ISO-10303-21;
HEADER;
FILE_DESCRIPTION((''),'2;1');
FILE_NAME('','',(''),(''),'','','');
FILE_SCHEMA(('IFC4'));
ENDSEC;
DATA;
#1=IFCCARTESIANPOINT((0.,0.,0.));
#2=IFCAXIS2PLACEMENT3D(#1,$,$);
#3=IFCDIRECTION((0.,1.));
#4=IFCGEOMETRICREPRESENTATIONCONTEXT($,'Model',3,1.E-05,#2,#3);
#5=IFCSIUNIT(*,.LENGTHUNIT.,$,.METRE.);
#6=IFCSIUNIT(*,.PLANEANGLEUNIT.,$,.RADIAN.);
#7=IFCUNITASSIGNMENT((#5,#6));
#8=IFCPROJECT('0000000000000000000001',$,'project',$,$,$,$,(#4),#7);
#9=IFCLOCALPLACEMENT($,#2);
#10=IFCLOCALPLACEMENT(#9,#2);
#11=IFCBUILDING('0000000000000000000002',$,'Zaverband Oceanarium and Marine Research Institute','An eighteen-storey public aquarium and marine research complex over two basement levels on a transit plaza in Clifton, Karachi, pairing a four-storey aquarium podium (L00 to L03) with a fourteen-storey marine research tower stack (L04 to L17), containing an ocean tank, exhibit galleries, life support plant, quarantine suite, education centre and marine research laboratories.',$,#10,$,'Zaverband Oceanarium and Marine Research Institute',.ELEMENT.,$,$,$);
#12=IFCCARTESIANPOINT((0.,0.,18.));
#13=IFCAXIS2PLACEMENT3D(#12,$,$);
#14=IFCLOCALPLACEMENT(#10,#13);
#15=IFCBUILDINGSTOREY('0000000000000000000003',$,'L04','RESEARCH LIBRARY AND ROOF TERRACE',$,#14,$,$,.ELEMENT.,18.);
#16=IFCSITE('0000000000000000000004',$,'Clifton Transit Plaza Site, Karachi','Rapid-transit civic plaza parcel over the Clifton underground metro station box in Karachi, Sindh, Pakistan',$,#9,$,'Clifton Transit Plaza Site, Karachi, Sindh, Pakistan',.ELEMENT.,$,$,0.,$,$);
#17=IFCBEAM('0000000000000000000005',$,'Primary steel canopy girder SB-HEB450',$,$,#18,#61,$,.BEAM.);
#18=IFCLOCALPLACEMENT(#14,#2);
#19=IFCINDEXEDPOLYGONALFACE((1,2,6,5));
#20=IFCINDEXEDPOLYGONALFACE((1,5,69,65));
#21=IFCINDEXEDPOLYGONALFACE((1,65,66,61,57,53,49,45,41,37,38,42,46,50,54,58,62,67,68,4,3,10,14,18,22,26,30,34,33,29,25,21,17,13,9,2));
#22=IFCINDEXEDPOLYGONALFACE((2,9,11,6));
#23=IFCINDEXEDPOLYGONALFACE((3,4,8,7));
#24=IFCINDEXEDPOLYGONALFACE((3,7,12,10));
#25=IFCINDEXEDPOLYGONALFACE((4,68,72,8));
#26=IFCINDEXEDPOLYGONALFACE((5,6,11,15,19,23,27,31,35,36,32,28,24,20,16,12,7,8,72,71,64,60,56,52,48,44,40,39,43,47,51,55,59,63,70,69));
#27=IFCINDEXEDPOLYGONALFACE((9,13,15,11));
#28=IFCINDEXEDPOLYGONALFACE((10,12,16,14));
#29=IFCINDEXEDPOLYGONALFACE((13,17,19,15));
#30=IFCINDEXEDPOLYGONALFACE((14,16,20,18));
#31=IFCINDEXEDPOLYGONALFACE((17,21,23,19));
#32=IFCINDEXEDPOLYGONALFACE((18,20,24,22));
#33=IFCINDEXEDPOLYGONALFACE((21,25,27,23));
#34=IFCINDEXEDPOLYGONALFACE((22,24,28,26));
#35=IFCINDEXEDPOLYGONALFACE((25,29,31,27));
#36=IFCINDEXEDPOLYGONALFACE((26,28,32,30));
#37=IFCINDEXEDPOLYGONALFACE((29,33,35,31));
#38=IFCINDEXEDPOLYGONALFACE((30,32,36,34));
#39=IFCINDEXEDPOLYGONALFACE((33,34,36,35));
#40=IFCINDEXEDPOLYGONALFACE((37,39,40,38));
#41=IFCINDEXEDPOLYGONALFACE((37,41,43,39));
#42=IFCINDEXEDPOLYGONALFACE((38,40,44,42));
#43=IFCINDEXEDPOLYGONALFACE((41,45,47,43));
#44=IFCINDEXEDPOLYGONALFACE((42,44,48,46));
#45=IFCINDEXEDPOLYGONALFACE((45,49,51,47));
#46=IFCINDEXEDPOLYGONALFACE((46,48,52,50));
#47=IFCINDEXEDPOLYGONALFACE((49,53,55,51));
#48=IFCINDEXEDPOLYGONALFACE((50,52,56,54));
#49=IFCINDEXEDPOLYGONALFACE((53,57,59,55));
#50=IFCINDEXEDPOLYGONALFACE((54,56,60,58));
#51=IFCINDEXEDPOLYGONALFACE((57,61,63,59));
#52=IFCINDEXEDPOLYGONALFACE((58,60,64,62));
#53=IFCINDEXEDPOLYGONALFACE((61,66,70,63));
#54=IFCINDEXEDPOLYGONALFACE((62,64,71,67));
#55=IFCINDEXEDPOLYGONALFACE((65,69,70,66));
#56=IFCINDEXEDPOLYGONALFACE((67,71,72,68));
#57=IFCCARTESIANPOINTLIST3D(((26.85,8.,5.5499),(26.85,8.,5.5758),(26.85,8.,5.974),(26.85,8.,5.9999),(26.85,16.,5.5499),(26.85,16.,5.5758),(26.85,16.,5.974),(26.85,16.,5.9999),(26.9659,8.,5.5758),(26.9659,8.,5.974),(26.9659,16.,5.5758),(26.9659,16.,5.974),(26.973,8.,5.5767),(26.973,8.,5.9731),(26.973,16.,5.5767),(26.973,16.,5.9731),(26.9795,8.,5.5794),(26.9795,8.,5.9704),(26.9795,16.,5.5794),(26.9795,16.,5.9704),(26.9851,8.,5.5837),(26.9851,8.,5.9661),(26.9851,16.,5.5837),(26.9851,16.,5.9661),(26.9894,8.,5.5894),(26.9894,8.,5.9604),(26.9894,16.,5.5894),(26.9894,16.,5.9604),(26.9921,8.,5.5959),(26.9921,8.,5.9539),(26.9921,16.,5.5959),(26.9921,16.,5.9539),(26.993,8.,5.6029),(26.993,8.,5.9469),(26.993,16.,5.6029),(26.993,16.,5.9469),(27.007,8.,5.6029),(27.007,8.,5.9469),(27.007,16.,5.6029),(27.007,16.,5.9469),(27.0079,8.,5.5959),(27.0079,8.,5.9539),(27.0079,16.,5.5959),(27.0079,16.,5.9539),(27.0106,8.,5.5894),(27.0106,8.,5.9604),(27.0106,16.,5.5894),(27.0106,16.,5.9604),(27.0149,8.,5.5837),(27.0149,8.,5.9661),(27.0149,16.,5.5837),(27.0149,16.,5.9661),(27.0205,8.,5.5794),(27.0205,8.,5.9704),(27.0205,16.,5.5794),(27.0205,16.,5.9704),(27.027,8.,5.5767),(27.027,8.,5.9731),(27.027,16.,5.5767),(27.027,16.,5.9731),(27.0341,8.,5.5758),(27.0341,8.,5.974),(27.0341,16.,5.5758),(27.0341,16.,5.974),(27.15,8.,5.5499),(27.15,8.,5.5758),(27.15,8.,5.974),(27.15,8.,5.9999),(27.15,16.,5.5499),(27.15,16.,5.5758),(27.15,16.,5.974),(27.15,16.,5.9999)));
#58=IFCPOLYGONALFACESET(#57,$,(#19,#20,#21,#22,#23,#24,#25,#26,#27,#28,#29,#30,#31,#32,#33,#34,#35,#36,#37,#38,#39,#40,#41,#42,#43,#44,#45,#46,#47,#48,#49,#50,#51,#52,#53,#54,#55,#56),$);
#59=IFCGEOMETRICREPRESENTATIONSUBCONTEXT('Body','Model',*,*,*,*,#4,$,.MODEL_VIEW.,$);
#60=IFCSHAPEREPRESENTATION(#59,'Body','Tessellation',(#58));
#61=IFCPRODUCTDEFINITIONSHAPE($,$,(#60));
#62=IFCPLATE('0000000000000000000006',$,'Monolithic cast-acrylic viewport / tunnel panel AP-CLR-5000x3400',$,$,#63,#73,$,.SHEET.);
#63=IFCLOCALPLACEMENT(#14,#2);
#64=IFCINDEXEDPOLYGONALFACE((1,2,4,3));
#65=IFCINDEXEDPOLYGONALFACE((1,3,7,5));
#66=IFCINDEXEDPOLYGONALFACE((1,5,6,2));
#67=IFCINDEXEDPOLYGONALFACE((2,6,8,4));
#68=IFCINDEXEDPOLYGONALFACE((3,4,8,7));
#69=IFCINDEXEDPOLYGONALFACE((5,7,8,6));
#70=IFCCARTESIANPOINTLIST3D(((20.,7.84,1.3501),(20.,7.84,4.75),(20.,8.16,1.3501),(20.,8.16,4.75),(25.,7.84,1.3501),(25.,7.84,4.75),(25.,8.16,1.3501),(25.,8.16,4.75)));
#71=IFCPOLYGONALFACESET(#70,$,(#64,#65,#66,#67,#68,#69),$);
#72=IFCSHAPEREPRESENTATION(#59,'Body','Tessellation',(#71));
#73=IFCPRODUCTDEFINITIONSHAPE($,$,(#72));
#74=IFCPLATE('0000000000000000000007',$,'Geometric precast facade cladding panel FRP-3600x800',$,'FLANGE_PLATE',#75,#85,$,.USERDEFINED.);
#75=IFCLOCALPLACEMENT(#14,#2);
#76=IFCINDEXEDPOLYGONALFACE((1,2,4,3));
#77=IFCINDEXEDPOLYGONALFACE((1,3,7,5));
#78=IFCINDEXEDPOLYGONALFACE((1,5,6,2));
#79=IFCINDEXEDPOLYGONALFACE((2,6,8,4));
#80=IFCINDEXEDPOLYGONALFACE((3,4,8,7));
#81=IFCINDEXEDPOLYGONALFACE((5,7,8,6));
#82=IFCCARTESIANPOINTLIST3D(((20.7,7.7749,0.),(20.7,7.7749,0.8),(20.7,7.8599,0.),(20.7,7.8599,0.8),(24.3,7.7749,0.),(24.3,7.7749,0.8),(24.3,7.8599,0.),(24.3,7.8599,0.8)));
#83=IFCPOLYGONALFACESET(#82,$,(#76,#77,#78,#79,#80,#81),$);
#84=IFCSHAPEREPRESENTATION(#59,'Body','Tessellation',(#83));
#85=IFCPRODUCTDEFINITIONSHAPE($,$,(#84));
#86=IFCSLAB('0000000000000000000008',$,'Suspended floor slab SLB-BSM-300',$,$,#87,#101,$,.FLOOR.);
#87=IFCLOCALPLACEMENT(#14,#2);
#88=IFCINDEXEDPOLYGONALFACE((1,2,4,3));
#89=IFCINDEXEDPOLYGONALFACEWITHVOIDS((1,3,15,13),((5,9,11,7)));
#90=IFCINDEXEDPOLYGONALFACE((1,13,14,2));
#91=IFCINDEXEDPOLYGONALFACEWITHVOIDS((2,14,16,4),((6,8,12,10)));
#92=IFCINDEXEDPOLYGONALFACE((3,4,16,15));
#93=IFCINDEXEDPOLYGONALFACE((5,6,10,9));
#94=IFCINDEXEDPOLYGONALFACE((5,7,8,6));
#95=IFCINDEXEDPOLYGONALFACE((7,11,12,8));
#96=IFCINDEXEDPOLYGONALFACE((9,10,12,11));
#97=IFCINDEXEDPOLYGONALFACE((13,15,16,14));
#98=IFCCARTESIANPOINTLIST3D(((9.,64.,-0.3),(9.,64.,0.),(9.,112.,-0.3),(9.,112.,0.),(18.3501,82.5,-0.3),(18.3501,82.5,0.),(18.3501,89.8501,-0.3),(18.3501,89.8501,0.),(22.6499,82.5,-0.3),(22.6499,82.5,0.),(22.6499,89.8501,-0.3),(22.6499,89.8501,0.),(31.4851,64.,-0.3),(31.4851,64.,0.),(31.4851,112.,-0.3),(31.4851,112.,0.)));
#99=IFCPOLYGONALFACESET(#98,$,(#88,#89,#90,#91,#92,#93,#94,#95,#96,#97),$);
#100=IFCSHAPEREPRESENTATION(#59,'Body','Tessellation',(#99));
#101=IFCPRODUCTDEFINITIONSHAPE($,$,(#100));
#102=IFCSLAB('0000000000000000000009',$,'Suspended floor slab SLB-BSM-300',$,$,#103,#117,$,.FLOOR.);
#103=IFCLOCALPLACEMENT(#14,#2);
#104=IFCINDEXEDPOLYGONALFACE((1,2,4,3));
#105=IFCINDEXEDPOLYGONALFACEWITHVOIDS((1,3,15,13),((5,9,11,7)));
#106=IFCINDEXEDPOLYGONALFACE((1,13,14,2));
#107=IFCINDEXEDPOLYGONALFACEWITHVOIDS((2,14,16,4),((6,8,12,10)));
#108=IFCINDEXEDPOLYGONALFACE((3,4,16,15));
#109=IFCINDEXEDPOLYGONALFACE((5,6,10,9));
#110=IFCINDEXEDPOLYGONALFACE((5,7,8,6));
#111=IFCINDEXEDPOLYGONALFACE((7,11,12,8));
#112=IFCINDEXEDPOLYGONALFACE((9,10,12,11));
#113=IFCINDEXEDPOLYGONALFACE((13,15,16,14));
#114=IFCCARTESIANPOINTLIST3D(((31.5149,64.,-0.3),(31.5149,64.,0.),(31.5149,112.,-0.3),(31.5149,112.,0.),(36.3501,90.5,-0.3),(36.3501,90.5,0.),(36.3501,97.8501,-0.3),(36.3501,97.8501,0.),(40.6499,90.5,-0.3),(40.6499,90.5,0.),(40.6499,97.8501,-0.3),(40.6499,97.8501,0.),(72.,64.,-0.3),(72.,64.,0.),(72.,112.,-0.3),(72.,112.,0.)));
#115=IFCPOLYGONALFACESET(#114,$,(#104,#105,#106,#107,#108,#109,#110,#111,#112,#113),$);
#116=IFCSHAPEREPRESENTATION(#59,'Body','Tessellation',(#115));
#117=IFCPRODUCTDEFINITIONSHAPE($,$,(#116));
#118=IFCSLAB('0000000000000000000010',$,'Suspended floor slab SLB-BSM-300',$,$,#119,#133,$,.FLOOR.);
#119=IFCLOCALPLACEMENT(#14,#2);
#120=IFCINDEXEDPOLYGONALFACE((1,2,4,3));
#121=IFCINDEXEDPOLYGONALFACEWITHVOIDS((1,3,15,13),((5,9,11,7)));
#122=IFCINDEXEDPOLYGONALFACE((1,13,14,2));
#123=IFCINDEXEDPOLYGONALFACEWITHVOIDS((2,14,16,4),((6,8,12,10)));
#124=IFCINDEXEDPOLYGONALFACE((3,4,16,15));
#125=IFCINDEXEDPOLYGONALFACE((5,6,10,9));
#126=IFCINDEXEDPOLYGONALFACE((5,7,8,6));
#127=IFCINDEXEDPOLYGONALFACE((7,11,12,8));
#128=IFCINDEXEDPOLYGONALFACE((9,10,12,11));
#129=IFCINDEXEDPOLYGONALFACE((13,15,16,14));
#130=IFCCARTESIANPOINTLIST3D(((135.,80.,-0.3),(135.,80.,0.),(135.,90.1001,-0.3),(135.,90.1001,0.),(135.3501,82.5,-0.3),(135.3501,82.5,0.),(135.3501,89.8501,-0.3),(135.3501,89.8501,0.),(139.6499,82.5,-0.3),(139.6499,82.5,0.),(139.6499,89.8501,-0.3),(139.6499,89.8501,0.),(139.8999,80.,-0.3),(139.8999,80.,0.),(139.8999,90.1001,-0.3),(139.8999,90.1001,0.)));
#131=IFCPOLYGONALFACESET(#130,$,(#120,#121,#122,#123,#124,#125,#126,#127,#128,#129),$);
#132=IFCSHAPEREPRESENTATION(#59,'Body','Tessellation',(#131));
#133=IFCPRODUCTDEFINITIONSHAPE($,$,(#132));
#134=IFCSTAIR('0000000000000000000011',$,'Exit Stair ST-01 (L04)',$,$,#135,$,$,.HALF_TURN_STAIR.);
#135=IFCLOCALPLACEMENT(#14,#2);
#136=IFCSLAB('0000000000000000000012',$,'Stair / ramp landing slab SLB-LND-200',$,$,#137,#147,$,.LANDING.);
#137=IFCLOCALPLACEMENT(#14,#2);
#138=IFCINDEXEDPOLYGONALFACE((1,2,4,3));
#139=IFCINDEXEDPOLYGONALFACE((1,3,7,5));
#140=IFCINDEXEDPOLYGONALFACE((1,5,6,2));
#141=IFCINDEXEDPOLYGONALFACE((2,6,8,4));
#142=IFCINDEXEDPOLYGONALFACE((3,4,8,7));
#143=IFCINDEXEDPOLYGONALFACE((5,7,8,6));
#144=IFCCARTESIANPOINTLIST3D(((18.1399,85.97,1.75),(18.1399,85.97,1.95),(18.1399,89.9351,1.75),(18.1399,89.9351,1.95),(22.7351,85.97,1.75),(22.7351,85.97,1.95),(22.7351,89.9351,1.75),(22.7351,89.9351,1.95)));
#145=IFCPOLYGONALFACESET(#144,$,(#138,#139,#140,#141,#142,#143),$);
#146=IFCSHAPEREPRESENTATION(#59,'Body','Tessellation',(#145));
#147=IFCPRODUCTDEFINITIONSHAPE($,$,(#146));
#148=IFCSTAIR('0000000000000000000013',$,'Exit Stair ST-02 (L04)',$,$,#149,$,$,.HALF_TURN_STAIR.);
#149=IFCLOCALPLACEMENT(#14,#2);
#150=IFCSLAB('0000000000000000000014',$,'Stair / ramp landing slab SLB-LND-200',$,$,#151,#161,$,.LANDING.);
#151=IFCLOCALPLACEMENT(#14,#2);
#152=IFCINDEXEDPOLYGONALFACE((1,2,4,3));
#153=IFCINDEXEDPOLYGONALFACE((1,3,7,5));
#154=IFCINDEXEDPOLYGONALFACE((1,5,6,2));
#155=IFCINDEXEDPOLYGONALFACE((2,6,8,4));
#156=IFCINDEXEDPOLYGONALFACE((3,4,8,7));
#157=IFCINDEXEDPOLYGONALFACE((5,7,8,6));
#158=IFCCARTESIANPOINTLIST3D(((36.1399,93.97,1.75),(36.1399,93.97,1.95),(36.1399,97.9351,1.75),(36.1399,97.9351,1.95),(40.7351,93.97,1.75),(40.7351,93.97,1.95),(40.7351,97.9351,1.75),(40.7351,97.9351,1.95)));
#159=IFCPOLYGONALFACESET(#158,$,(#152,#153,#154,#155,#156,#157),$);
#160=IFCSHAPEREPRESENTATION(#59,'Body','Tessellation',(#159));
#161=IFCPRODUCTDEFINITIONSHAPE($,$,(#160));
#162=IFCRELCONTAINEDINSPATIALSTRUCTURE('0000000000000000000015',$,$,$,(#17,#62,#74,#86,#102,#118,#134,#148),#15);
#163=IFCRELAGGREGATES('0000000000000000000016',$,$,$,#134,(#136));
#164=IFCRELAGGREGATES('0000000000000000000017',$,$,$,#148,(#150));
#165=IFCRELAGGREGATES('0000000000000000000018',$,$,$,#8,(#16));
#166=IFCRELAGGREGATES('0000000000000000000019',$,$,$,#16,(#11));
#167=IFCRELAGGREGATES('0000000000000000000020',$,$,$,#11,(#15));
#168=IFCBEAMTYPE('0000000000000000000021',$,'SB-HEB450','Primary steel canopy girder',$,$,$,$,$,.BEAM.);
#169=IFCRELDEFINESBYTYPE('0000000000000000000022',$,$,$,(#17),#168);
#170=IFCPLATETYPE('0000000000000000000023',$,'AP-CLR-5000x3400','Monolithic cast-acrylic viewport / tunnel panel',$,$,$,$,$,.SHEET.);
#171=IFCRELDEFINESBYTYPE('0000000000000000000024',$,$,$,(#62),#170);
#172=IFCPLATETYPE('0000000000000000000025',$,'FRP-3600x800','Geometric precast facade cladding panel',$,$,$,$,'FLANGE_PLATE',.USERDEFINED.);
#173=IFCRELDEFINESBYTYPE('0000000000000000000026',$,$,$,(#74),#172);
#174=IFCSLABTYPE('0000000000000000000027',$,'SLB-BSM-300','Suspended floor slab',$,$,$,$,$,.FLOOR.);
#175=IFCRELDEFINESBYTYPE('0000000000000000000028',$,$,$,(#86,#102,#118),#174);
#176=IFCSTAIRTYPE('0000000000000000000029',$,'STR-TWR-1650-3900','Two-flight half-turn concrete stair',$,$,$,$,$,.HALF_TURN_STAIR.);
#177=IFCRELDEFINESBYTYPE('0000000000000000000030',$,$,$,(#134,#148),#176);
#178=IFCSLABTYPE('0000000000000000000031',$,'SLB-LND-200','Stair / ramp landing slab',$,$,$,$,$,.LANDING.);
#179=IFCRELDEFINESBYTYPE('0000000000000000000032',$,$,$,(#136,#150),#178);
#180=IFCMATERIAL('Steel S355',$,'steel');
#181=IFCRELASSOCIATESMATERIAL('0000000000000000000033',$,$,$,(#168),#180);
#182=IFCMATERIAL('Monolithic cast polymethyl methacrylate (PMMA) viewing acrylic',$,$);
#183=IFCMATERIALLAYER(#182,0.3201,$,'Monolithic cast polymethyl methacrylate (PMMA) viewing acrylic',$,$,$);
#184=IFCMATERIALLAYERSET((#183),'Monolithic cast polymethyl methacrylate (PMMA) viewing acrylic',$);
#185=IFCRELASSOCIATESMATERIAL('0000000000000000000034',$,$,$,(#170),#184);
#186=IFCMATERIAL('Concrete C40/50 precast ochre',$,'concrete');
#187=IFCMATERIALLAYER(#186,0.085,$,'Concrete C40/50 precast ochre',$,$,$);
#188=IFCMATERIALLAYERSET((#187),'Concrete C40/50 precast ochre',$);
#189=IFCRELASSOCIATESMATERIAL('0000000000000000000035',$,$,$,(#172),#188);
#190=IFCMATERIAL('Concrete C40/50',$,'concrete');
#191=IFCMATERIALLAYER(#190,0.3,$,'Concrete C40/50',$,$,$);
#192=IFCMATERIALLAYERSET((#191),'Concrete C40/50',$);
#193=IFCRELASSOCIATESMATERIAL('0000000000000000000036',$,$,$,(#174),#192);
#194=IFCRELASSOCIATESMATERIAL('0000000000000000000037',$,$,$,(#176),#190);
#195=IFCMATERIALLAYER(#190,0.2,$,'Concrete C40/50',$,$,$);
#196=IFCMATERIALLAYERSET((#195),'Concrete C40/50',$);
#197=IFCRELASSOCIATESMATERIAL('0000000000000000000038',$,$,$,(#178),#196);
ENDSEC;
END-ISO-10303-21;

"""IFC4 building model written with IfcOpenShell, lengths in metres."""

from ifc_helpers import new_model, si_unit, direction, frame, frame_2d, origin, origin_2d, place, context, subcontext, project, spatial, polyline, rectangle, i_section, outline, extrude, material, layer, layer_set, material_profile, profile_set, type_object, element, aggregate, save


model = new_model("IFC4")

# Units and contexts
model_context = context("Model", 3, precision=1e-05, world=origin(), true_north=direction((0.0, 1.0)))
body_context = subcontext(model_context, "Body", "Model", "MODEL_VIEW")
ifc_project = project(units=[si_unit("LENGTHUNIT", "METRE"), si_unit("PLANEANGLEUNIT", "RADIAN")], contexts=[model_context])

# Site, building, storey
site_placement = place(None, origin())
site = spatial("IfcSite", under=ifc_project, at=site_placement, Name="Clifton Transit Plaza Site, Karachi", Description="Rapid-transit civic plaza parcel over the Clifton underground metro station box in Karachi, Sindh, Pakistan", LongName="Clifton Transit Plaza Site, Karachi, Sindh, Pakistan", CompositionType="ELEMENT", RefElevation=0.0)
building_placement = place(site_placement, origin())
building = spatial("IfcBuilding", under=site, at=building_placement, Name="Zaverband Oceanarium and Marine Research Institute", Description="An eighteen-storey public aquarium and marine research complex over two basement levels on a transit plaza in Clifton, Karachi, pairing a four-storey aquarium podium (L00 to L03) with a fourteen-storey marine research tower stack (L04 to L17), containing an ocean tank, exhibit galleries, life support plant, quarantine suite, education centre and marine research laboratories.", LongName="Zaverband Oceanarium and Marine Research Institute", CompositionType="ELEMENT")
storey_placement = place(building_placement, frame((0.0, 0.0, 18.0)))
storey = spatial("IfcBuildingStorey", under=building, at=storey_placement, Name="L04", Description="RESEARCH LIBRARY AND ROOF TERRACE", CompositionType="ELEMENT", Elevation=18.0)

# Beam
ifc_material_1 = material(Name="Steel S355", Category="steel")
ifc_material_profile_1 = material_profile(ifc_material_1, i_section(OverallWidth=0.3, OverallDepth=0.45, WebThickness=0.0139, FlangeThickness=0.0259, FilletRadius=0.0271, at=origin_2d()), Name="HEB450")
ifc_profile_set_1 = profile_set([ifc_material_profile_1], Name="Steel S355")
beam_type = type_object("IfcBeamType", Name="SB-HEB450", Description="Primary steel canopy girder", PredefinedType="BEAM", material=ifc_profile_set_1)
for number, where, z_axis, x_axis, name in (
    (1, (27.0, 8.0, 5.7749), (0.0, 1.0, 0.0), (-1.0, 0.0, 0.0), "Primary steel canopy girder SB-HEB450"),
):
    element("IfcBeam", number, at=place(storey_placement, frame(where, z_axis=z_axis, x_axis=x_axis)), inside=storey, type_object=beam_type, Name=name, PredefinedType="BEAM", context=body_context, shape_type="SweptSolid", body=[
        extrude(i_section(OverallWidth=0.3, OverallDepth=0.45, WebThickness=0.0139, FlangeThickness=0.0259, FilletRadius=0.0271, at=origin_2d()), origin(), (0.0, 0.0, 1.0), 8.0),
    ])

# Plates
ifc_material_2 = material(Name="Monolithic cast polymethyl methacrylate (PMMA) viewing acrylic")
ifc_layer_1 = layer(ifc_material_2, 0.3201, Name="Monolithic cast polymethyl methacrylate (PMMA) viewing acrylic")
ifc_layer_set_1 = layer_set([ifc_layer_1], Name="Monolithic cast polymethyl methacrylate (PMMA) viewing acrylic")
plate_type_1 = type_object("IfcPlateType", Name="AP-CLR-5000x3400", Description="Monolithic cast-acrylic viewport / tunnel panel", PredefinedType="SHEET", material=ifc_layer_set_1)
plate_1_placement = place(storey_placement, frame((20.0, 8.0, 1.3501), z_axis=(0.0, 0.0, 1.0), x_axis=(1.0, 0.0, 0.0)))
element("IfcPlate", 2, at=plate_1_placement, inside=storey, type_object=plate_type_1, Name="Monolithic cast-acrylic viewport / tunnel panel AP-CLR-5000x3400", PredefinedType="SHEET", context=body_context, shape_type="SweptSolid", body=[
    extrude(rectangle(XDim=5.0, YDim=0.3201, at=frame_2d((2.5, 0.0))), origin(), (0.0, 0.0, 1.0), 3.3999),
])
ifc_material_3 = material(Name="Concrete C40/50 precast ochre", Category="concrete")
ifc_layer_2 = layer(ifc_material_3, 0.085, Name="Concrete C40/50 precast ochre")
ifc_layer_set_2 = layer_set([ifc_layer_2], Name="Concrete C40/50 precast ochre")
plate_type_2 = type_object("IfcPlateType", Name="FRP-3600x800", Description="Geometric precast facade cladding panel", ElementType="FLANGE_PLATE", PredefinedType="USERDEFINED", material=ifc_layer_set_2)
plate_2_placement = place(storey_placement, frame((20.7, 7.8174, 0.0), z_axis=(0.0, 0.0, 1.0), x_axis=(1.0, 0.0, 0.0)))
element("IfcPlate", 3, at=plate_2_placement, inside=storey, type_object=plate_type_2, Name="Geometric precast facade cladding panel FRP-3600x800", ObjectType="FLANGE_PLATE", PredefinedType="USERDEFINED", context=body_context, shape_type="SweptSolid", body=[
    extrude(rectangle(XDim=3.6001, YDim=0.085, at=frame_2d((1.8, 0.0))), origin(), (0.0, 0.0, 1.0), 0.8),
])

# Slabs
ifc_material_4 = material(Name="Concrete C40/50", Category="concrete")
ifc_layer_3 = layer(ifc_material_4, 0.3, Name="Concrete C40/50")
ifc_layer_set_3 = layer_set([ifc_layer_3], Name="Concrete C40/50")
slab_type_1 = type_object("IfcSlabType", Name="SLB-BSM-300", Description="Suspended floor slab", PredefinedType="FLOOR", material=ifc_layer_set_3)
slab_1_placement = place(storey_placement, frame((0.0, 0.0, -0.3)))
element("IfcSlab", 4, at=slab_1_placement, inside=storey, type_object=slab_type_1, Name="Suspended floor slab SLB-BSM-300", PredefinedType="FLOOR", context=body_context, shape_type="SweptSolid", body=[
    extrude(outline(polyline([(9.0, 112.0), (31.4851, 112.0), (31.4851, 64.0), (9.0, 64.0), (9.0, 112.0)]), holes=[polyline([(18.3501, 82.5), (22.6499, 82.5), (22.6499, 89.8501), (18.3501, 89.8501), (18.3501, 82.5)])]), origin(), (0.0, 0.0, 1.0), 0.3),
])
slab_2_placement = place(storey_placement, frame((0.0, 0.0, -0.3)))
element("IfcSlab", 5, at=slab_2_placement, inside=storey, type_object=slab_type_1, Name="Suspended floor slab SLB-BSM-300", PredefinedType="FLOOR", context=body_context, shape_type="SweptSolid", body=[
    extrude(outline(polyline([(31.5149, 112.0), (72.0, 112.0), (72.0, 64.0), (31.5149, 64.0), (31.5149, 112.0)]), holes=[polyline([(36.3501, 97.8501), (36.3501, 90.5), (40.6499, 90.5), (40.6499, 97.8501), (36.3501, 97.8501)])]), origin(), (0.0, 0.0, 1.0), 0.3),
])
slab_3_placement = place(storey_placement, frame((0.0, 0.0, -0.3)))
element("IfcSlab", 6, at=slab_3_placement, inside=storey, type_object=slab_type_1, Name="Suspended floor slab SLB-BSM-300", PredefinedType="FLOOR", context=body_context, shape_type="SweptSolid", body=[
    extrude(outline(polyline([(135.0, 90.1001), (139.8999, 90.1001), (139.8999, 80.0), (135.0, 80.0), (135.0, 90.1001)]), holes=[polyline([(139.6499, 82.5), (139.6499, 89.8501), (135.3501, 89.8501), (135.3501, 82.5), (139.6499, 82.5)])]), origin(), (0.0, 0.0, 1.0), 0.3),
])

# Stairs, slabs
stair_type = type_object("IfcStairType", Name="STR-TWR-1650-3900", Description="Two-flight half-turn concrete stair", PredefinedType="HALF_TURN_STAIR", material=ifc_material_4)
stair_1_placement = place(storey_placement, origin())
stair_1 = element("IfcStair", 7, at=stair_1_placement, inside=storey, type_object=stair_type, Name="Exit Stair ST-01 (L04)", PredefinedType="HALF_TURN_STAIR")
ifc_layer_4 = layer(ifc_material_4, 0.2, Name="Concrete C40/50")
ifc_layer_set_4 = layer_set([ifc_layer_4], Name="Concrete C40/50")
slab_type_2 = type_object("IfcSlabType", Name="SLB-LND-200", Description="Stair / ramp landing slab", PredefinedType="LANDING", material=ifc_layer_set_4)
slab_4_placement = place(storey_placement, frame((0.0, 0.0, 1.75)))
slab_4 = element("IfcSlab", 8, at=slab_4_placement, type_object=slab_type_2, Name="Stair / ramp landing slab SLB-LND-200", PredefinedType="LANDING", context=body_context, shape_type="SweptSolid", body=[
    extrude(outline(polyline([(18.1399, 85.97), (22.7351, 85.97), (22.7351, 89.9351), (18.1399, 89.9351), (18.1399, 85.97)])), origin(), (0.0, 0.0, 1.0), 0.2),
])
aggregate(stair_1, [slab_4])
stair_2_placement = place(storey_placement, origin())
stair_2 = element("IfcStair", 9, at=stair_2_placement, inside=storey, type_object=stair_type, Name="Exit Stair ST-02 (L04)", PredefinedType="HALF_TURN_STAIR")
slab_5_placement = place(storey_placement, frame((0.0, 0.0, 1.75)))
slab_5 = element("IfcSlab", 10, at=slab_5_placement, type_object=slab_type_2, Name="Stair / ramp landing slab SLB-LND-200", PredefinedType="LANDING", context=body_context, shape_type="SweptSolid", body=[
    extrude(outline(polyline([(36.1399, 93.97), (40.7351, 93.97), (40.7351, 97.9351), (36.1399, 97.9351), (36.1399, 93.97)])), origin(), (0.0, 0.0, 1.0), 0.2),
])
aggregate(stair_2, [slab_5])

save(model, "model.ifc")
